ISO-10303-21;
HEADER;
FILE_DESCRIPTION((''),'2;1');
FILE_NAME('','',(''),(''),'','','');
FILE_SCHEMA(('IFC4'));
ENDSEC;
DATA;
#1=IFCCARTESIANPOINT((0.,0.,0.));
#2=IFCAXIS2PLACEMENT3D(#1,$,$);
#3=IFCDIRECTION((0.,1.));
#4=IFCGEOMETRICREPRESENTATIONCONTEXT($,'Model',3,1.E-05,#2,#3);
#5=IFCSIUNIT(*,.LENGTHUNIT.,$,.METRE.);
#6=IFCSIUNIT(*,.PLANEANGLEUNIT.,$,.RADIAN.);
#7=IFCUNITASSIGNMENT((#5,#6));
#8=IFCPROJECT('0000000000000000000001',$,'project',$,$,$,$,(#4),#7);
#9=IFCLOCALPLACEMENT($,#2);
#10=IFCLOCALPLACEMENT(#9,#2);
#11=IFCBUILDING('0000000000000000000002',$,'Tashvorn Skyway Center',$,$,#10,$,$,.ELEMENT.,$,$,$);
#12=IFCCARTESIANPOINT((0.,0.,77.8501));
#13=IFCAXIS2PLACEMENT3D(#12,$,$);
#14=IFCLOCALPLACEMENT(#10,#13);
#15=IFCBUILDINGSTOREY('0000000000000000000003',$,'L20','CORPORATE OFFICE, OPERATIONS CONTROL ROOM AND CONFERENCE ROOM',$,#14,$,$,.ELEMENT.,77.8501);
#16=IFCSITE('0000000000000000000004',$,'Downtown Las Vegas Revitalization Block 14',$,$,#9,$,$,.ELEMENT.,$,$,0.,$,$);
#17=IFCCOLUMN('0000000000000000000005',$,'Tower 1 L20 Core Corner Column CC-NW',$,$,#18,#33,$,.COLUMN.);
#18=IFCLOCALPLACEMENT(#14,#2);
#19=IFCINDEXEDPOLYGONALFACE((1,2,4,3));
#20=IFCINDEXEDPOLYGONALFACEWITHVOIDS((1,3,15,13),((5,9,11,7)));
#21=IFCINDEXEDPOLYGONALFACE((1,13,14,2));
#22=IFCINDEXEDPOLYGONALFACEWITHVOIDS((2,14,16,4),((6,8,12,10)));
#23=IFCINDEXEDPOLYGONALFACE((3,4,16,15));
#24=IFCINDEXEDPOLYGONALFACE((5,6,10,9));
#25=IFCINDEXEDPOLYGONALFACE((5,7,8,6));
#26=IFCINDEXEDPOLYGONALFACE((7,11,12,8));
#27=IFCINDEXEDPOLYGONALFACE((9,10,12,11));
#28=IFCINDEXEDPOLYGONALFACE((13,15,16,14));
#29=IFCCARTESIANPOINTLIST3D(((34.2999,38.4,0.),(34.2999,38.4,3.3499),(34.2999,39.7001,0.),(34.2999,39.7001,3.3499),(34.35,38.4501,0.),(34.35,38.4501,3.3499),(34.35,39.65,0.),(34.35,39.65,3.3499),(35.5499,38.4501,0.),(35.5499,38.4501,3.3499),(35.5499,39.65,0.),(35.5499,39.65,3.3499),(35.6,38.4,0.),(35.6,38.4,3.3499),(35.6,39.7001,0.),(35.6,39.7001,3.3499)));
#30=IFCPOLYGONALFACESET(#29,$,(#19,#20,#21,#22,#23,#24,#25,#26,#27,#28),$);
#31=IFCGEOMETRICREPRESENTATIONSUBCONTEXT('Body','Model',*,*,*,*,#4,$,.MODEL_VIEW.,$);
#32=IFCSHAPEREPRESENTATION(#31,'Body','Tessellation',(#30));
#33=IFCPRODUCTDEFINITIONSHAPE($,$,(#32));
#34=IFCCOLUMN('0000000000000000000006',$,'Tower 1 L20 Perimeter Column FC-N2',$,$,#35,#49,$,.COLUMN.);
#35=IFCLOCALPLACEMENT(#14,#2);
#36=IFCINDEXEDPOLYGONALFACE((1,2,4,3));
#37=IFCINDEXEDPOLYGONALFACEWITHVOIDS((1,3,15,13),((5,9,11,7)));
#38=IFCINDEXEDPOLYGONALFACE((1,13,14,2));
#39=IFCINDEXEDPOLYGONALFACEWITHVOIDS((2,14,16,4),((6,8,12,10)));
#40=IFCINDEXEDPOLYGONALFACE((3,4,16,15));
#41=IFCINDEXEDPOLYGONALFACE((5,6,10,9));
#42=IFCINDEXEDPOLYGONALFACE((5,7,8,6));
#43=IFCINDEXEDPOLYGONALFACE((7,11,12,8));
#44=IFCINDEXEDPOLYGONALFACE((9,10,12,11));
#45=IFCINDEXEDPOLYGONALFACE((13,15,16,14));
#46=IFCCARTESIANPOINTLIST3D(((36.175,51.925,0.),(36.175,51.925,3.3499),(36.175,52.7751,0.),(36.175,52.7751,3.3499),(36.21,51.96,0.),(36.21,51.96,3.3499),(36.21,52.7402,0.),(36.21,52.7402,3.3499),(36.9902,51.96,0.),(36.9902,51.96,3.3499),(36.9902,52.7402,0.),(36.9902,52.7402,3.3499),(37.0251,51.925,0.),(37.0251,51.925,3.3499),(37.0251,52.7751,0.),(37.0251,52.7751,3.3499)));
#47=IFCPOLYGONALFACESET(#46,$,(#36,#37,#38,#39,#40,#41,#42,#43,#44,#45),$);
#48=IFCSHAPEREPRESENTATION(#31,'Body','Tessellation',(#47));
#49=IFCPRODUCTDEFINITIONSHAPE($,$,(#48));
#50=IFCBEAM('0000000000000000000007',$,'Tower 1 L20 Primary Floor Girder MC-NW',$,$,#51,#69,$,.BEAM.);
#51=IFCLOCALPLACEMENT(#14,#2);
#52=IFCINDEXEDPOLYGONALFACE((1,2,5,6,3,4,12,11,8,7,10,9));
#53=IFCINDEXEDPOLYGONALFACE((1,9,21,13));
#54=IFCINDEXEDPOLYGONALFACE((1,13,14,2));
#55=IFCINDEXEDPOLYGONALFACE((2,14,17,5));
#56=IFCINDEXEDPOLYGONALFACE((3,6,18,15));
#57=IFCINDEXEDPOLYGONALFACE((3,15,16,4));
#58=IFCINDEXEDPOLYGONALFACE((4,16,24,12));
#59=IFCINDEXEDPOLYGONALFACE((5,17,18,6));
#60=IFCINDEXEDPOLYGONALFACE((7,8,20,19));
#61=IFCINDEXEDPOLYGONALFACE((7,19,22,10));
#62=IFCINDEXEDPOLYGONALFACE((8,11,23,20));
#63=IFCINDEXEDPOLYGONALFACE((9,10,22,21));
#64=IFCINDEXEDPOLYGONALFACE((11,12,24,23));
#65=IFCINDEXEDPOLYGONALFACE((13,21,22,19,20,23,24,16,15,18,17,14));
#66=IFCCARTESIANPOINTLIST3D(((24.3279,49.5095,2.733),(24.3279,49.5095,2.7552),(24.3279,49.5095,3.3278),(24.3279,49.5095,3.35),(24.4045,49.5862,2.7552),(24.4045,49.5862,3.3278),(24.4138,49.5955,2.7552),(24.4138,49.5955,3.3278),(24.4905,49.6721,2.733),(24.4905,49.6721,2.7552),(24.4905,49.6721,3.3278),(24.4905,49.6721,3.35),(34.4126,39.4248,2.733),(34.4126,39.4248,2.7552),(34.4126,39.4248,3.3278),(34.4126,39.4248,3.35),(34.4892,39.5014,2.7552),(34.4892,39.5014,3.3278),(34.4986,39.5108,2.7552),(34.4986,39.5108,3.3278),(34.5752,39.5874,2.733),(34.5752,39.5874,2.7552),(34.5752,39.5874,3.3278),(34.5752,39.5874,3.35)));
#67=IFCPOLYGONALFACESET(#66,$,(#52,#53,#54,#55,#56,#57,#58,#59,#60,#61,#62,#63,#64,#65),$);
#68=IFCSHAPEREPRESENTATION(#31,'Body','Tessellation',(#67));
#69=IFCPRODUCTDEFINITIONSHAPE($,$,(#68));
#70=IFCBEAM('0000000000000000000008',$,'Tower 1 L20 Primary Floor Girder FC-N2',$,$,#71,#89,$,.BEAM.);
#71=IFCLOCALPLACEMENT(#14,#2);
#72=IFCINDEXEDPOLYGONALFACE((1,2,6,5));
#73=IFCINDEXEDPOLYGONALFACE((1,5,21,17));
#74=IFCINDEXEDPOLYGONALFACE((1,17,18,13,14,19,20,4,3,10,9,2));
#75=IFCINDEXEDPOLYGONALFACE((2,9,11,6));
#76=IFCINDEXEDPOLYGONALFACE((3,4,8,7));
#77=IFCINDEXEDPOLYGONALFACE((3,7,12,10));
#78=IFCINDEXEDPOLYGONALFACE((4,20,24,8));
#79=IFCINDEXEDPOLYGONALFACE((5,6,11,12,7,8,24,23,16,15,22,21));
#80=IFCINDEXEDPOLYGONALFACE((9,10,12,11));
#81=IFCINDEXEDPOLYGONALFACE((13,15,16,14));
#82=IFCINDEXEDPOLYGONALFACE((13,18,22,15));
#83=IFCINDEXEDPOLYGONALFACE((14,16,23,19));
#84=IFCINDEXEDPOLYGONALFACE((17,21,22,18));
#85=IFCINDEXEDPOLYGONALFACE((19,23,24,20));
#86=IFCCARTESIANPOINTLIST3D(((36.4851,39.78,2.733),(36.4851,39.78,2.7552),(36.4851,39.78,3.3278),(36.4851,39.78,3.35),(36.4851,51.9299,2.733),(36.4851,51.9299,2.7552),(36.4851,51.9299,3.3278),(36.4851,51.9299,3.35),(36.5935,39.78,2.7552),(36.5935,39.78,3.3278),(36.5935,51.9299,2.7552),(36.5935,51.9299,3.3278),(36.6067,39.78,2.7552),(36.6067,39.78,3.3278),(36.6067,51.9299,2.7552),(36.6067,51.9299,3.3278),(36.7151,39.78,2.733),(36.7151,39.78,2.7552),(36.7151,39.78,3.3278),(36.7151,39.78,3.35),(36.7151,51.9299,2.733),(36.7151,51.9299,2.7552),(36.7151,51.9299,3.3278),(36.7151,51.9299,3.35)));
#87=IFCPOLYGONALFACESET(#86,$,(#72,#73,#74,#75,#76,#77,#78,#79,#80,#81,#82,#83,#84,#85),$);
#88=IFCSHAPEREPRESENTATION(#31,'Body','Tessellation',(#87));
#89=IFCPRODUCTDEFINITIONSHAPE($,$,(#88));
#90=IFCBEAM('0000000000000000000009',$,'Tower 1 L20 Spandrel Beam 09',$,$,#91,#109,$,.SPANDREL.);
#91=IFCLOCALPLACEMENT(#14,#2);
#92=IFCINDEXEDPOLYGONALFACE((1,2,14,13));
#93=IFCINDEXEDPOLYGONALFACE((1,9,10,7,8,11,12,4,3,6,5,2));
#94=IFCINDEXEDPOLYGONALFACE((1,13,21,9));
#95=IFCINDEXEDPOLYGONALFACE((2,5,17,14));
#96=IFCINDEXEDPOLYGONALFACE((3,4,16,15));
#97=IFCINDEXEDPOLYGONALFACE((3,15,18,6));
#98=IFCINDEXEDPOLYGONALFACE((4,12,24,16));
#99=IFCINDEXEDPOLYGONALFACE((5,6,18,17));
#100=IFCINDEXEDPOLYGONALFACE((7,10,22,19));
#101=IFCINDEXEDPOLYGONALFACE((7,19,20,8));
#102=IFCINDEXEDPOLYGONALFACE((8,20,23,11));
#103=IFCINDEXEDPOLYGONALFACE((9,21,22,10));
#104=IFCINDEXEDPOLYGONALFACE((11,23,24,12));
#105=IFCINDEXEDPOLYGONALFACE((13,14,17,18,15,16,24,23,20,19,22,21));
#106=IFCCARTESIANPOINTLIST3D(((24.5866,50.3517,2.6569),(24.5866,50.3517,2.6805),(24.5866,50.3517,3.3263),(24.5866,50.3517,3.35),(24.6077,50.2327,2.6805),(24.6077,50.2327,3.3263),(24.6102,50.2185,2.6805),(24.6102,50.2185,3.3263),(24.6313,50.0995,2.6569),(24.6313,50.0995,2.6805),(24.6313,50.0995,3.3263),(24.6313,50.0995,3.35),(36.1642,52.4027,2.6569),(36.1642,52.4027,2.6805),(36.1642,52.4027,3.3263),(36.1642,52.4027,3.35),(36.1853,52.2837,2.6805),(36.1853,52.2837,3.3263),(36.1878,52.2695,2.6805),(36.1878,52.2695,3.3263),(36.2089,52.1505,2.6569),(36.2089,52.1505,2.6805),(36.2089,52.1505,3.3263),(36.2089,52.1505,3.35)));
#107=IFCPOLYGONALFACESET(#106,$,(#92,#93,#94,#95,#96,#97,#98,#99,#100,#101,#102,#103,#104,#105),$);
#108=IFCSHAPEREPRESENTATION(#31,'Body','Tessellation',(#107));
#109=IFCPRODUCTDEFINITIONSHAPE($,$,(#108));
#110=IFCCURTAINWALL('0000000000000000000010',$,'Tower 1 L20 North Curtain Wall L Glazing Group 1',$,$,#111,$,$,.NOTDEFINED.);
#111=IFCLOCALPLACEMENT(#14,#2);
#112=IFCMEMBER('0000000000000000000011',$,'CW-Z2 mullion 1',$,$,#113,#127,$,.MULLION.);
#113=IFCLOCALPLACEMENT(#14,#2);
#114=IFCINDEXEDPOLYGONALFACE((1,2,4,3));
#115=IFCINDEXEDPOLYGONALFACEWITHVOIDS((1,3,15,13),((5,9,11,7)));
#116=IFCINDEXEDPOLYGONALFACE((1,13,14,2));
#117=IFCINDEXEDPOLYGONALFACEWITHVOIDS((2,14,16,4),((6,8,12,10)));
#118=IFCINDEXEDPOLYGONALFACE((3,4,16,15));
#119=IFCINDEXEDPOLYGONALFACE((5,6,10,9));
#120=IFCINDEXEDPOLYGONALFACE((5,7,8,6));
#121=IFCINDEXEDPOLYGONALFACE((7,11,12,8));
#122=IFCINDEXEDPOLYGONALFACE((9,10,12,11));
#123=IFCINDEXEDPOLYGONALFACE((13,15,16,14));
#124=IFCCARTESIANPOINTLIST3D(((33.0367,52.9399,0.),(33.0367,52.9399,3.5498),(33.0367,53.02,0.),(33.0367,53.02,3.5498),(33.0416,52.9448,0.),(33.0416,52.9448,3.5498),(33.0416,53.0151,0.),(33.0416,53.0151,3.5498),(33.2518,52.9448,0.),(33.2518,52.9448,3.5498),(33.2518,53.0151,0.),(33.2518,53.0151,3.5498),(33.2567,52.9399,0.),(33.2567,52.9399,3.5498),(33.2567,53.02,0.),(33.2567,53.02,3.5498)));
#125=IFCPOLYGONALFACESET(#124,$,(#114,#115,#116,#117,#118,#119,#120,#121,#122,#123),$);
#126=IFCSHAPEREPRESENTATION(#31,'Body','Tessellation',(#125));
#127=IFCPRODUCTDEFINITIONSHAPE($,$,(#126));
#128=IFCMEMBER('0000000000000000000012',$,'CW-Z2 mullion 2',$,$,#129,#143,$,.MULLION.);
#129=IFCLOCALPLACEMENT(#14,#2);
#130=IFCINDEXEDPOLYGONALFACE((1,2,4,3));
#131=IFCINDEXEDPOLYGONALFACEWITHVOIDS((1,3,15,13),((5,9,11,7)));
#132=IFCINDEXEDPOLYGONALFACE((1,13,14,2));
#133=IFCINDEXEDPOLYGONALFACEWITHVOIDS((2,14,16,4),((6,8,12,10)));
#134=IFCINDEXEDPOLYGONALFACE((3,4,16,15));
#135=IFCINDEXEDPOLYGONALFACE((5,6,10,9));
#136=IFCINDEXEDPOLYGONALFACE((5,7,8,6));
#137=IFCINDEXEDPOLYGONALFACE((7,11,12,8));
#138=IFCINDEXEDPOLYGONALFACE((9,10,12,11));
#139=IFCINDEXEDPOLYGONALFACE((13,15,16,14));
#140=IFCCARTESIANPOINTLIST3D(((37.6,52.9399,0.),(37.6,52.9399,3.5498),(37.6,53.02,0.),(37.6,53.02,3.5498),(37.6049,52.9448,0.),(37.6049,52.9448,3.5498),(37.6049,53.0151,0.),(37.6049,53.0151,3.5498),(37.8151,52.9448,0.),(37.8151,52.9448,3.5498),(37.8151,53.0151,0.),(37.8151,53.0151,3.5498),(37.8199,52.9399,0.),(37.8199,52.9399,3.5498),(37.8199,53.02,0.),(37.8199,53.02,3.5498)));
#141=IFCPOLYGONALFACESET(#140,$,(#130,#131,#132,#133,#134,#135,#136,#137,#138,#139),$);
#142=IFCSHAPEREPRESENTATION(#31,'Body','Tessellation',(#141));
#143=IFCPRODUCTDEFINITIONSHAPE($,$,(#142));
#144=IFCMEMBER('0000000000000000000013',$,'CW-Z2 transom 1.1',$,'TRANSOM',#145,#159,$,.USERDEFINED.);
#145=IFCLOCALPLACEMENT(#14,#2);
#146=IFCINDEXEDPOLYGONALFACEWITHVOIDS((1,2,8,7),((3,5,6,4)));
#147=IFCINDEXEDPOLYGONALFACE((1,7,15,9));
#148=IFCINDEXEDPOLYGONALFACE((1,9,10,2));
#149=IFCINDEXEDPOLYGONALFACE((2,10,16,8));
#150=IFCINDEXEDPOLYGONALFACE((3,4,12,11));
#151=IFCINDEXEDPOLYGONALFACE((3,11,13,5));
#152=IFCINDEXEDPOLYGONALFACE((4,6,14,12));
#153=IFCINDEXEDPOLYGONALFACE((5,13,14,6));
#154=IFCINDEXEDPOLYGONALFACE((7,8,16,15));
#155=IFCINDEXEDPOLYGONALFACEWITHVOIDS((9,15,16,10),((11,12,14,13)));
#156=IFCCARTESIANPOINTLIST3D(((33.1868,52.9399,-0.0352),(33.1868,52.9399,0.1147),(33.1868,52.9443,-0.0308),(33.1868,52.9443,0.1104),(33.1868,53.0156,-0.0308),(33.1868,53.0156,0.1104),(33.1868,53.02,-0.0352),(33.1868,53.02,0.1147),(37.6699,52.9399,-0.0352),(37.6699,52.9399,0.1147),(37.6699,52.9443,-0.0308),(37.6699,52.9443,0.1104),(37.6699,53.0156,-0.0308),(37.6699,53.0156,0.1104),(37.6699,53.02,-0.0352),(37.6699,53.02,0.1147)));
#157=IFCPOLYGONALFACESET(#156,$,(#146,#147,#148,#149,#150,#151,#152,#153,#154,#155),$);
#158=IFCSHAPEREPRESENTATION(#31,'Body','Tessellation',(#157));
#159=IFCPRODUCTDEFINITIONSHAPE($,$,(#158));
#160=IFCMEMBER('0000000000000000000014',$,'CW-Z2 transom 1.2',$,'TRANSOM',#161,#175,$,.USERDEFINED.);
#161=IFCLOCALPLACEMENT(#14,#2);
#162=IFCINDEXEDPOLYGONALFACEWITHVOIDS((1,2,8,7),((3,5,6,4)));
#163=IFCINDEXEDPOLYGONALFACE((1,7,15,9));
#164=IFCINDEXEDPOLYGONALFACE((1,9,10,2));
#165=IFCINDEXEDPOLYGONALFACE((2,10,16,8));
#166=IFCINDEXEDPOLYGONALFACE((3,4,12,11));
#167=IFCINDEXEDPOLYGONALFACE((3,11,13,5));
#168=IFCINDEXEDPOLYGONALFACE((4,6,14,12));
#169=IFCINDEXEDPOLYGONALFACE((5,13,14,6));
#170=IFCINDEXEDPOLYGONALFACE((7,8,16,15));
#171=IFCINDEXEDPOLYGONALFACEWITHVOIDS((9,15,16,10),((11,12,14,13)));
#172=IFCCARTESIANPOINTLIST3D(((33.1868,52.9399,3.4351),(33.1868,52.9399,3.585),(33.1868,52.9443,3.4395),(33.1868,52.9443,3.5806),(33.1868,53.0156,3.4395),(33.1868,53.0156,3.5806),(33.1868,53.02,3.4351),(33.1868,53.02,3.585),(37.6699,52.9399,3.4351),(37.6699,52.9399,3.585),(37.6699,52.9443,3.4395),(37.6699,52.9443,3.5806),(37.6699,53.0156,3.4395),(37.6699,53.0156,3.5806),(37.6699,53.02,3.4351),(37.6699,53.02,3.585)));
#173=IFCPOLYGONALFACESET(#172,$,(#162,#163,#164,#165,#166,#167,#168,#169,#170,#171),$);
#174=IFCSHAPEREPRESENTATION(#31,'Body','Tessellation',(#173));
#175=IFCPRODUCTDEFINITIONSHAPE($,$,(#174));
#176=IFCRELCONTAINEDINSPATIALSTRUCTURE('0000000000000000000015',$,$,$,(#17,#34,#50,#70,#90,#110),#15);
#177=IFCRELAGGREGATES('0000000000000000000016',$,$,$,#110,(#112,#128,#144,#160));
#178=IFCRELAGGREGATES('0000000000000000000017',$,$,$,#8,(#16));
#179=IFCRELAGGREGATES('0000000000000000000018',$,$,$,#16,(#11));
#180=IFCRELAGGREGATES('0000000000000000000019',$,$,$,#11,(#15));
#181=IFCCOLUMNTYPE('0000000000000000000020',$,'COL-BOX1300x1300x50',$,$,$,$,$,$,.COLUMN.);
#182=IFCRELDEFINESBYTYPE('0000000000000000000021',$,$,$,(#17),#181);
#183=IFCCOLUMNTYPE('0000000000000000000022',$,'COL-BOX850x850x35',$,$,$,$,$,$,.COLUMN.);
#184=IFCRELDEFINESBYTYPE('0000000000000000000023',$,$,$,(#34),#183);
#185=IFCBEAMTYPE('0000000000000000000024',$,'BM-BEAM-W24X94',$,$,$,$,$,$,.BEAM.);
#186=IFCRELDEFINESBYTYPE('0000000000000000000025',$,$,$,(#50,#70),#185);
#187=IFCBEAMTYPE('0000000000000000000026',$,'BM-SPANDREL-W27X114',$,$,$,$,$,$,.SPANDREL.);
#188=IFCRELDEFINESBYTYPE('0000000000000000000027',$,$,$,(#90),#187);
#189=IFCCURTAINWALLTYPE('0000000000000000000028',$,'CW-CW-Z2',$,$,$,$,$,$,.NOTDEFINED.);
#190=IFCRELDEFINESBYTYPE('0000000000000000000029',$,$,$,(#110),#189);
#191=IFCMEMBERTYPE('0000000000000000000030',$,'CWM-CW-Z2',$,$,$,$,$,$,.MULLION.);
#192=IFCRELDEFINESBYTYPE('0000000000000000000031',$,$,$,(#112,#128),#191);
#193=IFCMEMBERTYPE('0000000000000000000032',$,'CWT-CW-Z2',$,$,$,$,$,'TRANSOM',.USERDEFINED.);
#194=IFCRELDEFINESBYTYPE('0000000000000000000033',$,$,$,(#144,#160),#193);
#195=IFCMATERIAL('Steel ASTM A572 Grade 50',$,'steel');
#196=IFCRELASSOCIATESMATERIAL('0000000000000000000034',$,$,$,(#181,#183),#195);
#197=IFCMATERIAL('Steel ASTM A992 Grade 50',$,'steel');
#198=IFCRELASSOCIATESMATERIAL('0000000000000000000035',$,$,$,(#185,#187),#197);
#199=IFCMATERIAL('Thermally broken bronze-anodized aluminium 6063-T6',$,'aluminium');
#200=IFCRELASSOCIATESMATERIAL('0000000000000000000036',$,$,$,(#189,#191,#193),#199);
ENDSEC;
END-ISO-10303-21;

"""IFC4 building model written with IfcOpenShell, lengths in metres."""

from ifc_helpers import new_model, si_unit, direction, frame, origin, origin_2d, place, context, subcontext, project, spatial, hollow_rectangle, i_section, extrude, material, material_profile, profile_set, type_object, element, aggregate, save


model = new_model("IFC4")

# Units and contexts
model_context = context("Model", 3, precision=1e-05, world=origin(), true_north=direction((0.0, 1.0)))
body_context = subcontext(model_context, "Body", "Model", "MODEL_VIEW")
ifc_project = project(units=[si_unit("LENGTHUNIT", "METRE"), si_unit("PLANEANGLEUNIT", "RADIAN")], contexts=[model_context])

# Site, building, storey
site_placement = place(None, origin())
site = spatial("IfcSite", under=ifc_project, at=site_placement, Name="Downtown Las Vegas Revitalization Block 14", CompositionType="ELEMENT", RefElevation=0.0)
building_placement = place(site_placement, origin())
building = spatial("IfcBuilding", under=site, at=building_placement, Name="Tashvorn Skyway Center", CompositionType="ELEMENT")
storey_placement = place(building_placement, frame((0.0, 0.0, 77.8501)))
storey = spatial("IfcBuildingStorey", under=building, at=storey_placement, Name="L20", Description="CORPORATE OFFICE, OPERATIONS CONTROL ROOM AND CONFERENCE ROOM", CompositionType="ELEMENT", Elevation=77.8501)

# Columns
ifc_material_1 = material(Name="Steel ASTM A572 Grade 50", Category="steel")
ifc_material_profile_1 = material_profile(ifc_material_1, hollow_rectangle(XDim=1.3, YDim=1.3, WallThickness=0.05, at=origin_2d()), Name="BOX1300x1300x50")
ifc_profile_set_1 = profile_set([ifc_material_profile_1], Name="Steel ASTM A572 Grade 50")
column_type_1 = type_object("IfcColumnType", Name="COL-BOX1300x1300x50", PredefinedType="COLUMN", material=ifc_profile_set_1)
column_1_placement = place(storey_placement, frame((34.95, 39.05, 0.0), z_axis=(0.0, 0.0, 1.0), x_axis=(1.0, 0.0, 0.0)))
element("IfcColumn", 1, at=column_1_placement, inside=storey, type_object=column_type_1, Name="Tower 1 L20 Core Corner Column CC-NW", PredefinedType="COLUMN", context=body_context, shape_type="SweptSolid", body=[
    extrude(hollow_rectangle(XDim=1.3, YDim=1.3, WallThickness=0.05, at=origin_2d()), origin(), (0.0, 0.0, 1.0), 3.3499),
])
ifc_material_profile_2 = material_profile(ifc_material_1, hollow_rectangle(XDim=0.8501, YDim=0.8501, WallThickness=0.0349, at=origin_2d()), Name="BOX850x850x35")
ifc_profile_set_2 = profile_set([ifc_material_profile_2], Name="Steel ASTM A572 Grade 50")
column_type_2 = type_object("IfcColumnType", Name="COL-BOX850x850x35", PredefinedType="COLUMN", material=ifc_profile_set_2)
column_2_placement = place(storey_placement, frame((36.6001, 52.3501, 0.0), z_axis=(0.0, 0.0, 1.0), x_axis=(1.0, 0.0, 0.0)))
element("IfcColumn", 2, at=column_2_placement, inside=storey, type_object=column_type_2, Name="Tower 1 L20 Perimeter Column FC-N2", PredefinedType="COLUMN", context=body_context, shape_type="SweptSolid", body=[
    extrude(hollow_rectangle(XDim=0.8501, YDim=0.8501, WallThickness=0.0349, at=origin_2d()), origin(), (0.0, 0.0, 1.0), 3.3499),
])

# Beams
ifc_material_2 = material(Name="Steel ASTM A992 Grade 50", Category="steel")
ifc_material_profile_3 = material_profile(ifc_material_2, i_section(OverallWidth=0.23, OverallDepth=0.6169, WebThickness=0.0132, FlangeThickness=0.0222, at=origin_2d()), Name="W24X94")
ifc_profile_set_3 = profile_set([ifc_material_profile_3], Name="Steel ASTM A992 Grade 50")
beam_type_1 = type_object("IfcBeamType", Name="BM-BEAM-W24X94", PredefinedType="BEAM", material=ifc_profile_set_3)
beam_1_placement = place(storey_placement, frame((24.4092, 49.5908, 3.0415), z_axis=(0.707107, -0.707107, 0.0), x_axis=(0.707107, 0.707107, 0.0)))
element("IfcBeam", 3, at=beam_1_placement, inside=storey, type_object=beam_type_1, Name="Tower 1 L20 Primary Floor Girder MC-NW", PredefinedType="BEAM", context=body_context, shape_type="SweptSolid", body=[
    extrude(i_section(OverallWidth=0.23, OverallDepth=0.6169, WebThickness=0.0132, FlangeThickness=0.0222, at=origin_2d()), origin(), (0.0, 0.0, 1.0), 14.262),
])
beam_2_placement = place(storey_placement, frame((36.6001, 51.9299, 3.0415), z_axis=(0.0, -1.0, 0.0), x_axis=(1.0, 0.0, 0.0)))
element("IfcBeam", 4, at=beam_2_placement, inside=storey, type_object=beam_type_1, Name="Tower 1 L20 Primary Floor Girder FC-N2", PredefinedType="BEAM", context=body_context, shape_type="SweptSolid", body=[
    extrude(i_section(OverallWidth=0.23, OverallDepth=0.6169, WebThickness=0.0132, FlangeThickness=0.0222, at=origin_2d()), origin(), (0.0, 0.0, 1.0), 12.1499),
])
ifc_material_profile_4 = material_profile(ifc_material_2, i_section(OverallWidth=0.2561, OverallDepth=0.6931, WebThickness=0.0144, FlangeThickness=0.0237, at=origin_2d()), Name="W27X114")
ifc_profile_set_4 = profile_set([ifc_material_profile_4], Name="Steel ASTM A992 Grade 50")
beam_type_2 = type_object("IfcBeamType", Name="BM-SPANDREL-W27X114", PredefinedType="SPANDREL", material=ifc_profile_set_4)
beam_3_placement = place(storey_placement, frame((36.1865, 52.2766, 3.0034), z_axis=(-0.984668, -0.174438, 0.0), x_axis=(0.174438, -0.984668, 0.0)))
element("IfcBeam", 5, at=beam_3_placement, inside=storey, type_object=beam_type_2, Name="Tower 1 L20 Spandrel Beam 09", PredefinedType="SPANDREL", context=body_context, shape_type="SweptSolid", body=[
    extrude(i_section(OverallWidth=0.2561, OverallDepth=0.6931, WebThickness=0.0144, FlangeThickness=0.0237, at=origin_2d()), origin(), (0.0, 0.0, 1.0), 11.7578),
])

# Curtain wall, members
ifc_material_3 = material(Name="Thermally broken bronze-anodized aluminium 6063-T6", Category="aluminium")
curtain_wall_type = type_object("IfcCurtainWallType", Name="CW-CW-Z2", PredefinedType="NOTDEFINED", material=ifc_material_3)
curtain_wall_placement = place(storey_placement, origin())
curtain_wall = element("IfcCurtainWall", 6, at=curtain_wall_placement, inside=storey, type_object=curtain_wall_type, Name="Tower 1 L20 North Curtain Wall L Glazing Group 1", PredefinedType="NOTDEFINED")
ifc_material_profile_5 = material_profile(ifc_material_3, hollow_rectangle(XDim=0.0801, YDim=0.22, WallThickness=0.0049, at=origin_2d()), Name="ALU-MULL-80x220")
ifc_profile_set_5 = profile_set([ifc_material_profile_5], Name="Thermally broken bronze-anodized aluminium 6063-T6")
member_type_1 = type_object("IfcMemberType", Name="CWM-CW-Z2", PredefinedType="MULLION", material=ifc_profile_set_5)
member_1_placement = place(storey_placement, frame((33.1467, 52.98, 0.0), z_axis=(0.0, 0.0, 1.0), x_axis=(0.0, 1.0, 0.0)))
member_1 = element("IfcMember", 7, at=member_1_placement, type_object=member_type_1, Name="CW-Z2 mullion 1", PredefinedType="MULLION", context=body_context, shape_type="SweptSolid", body=[
    extrude(hollow_rectangle(XDim=0.0801, YDim=0.22, WallThickness=0.0049, at=origin_2d()), origin(), (0.0, 0.0, 1.0), 3.5498),
])
member_2_placement = place(storey_placement, frame((37.71, 52.98, 0.0), z_axis=(0.0, 0.0, 1.0), x_axis=(0.0, 1.0, 0.0)))
member_2 = element("IfcMember", 8, at=member_2_placement, type_object=member_type_1, Name="CW-Z2 mullion 2", PredefinedType="MULLION", context=body_context, shape_type="SweptSolid", body=[
    extrude(hollow_rectangle(XDim=0.0801, YDim=0.22, WallThickness=0.0049, at=origin_2d()), origin(), (0.0, 0.0, 1.0), 3.5498),
])
ifc_material_profile_6 = material_profile(ifc_material_3, hollow_rectangle(XDim=0.0801, YDim=0.1499, WallThickness=0.0044, at=origin_2d()), Name="ALU-TRAN-80x150")
ifc_profile_set_6 = profile_set([ifc_material_profile_6], Name="Thermally broken bronze-anodized aluminium 6063-T6")
member_type_2 = type_object("IfcMemberType", Name="CWT-CW-Z2", ElementType="TRANSOM", PredefinedType="USERDEFINED", material=ifc_profile_set_6)
member_3_placement = place(storey_placement, frame((33.1868, 52.98, 0.0398), z_axis=(1.0, 0.0, 0.0), x_axis=(0.0, 1.0, 0.0)))
member_3 = element("IfcMember", 9, at=member_3_placement, type_object=member_type_2, Name="CW-Z2 transom 1.1", ObjectType="TRANSOM", PredefinedType="USERDEFINED", context=body_context, shape_type="SweptSolid", body=[
    extrude(hollow_rectangle(XDim=0.0801, YDim=0.1499, WallThickness=0.0044, at=origin_2d()), origin(), (0.0, 0.0, 1.0), 4.4832),
])
member_4_placement = place(storey_placement, frame((33.1868, 52.98, 3.51), z_axis=(1.0, 0.0, 0.0), x_axis=(0.0, 1.0, 0.0)))
member_4 = element("IfcMember", 10, at=member_4_placement, type_object=member_type_2, Name="CW-Z2 transom 1.2", ObjectType="TRANSOM", PredefinedType="USERDEFINED", context=body_context, shape_type="SweptSolid", body=[
    extrude(hollow_rectangle(XDim=0.0801, YDim=0.1499, WallThickness=0.0044, at=origin_2d()), origin(), (0.0, 0.0, 1.0), 4.4832),
])
aggregate(curtain_wall, [member_1, member_2, member_3, member_4])

save(model, "model.ifc")
